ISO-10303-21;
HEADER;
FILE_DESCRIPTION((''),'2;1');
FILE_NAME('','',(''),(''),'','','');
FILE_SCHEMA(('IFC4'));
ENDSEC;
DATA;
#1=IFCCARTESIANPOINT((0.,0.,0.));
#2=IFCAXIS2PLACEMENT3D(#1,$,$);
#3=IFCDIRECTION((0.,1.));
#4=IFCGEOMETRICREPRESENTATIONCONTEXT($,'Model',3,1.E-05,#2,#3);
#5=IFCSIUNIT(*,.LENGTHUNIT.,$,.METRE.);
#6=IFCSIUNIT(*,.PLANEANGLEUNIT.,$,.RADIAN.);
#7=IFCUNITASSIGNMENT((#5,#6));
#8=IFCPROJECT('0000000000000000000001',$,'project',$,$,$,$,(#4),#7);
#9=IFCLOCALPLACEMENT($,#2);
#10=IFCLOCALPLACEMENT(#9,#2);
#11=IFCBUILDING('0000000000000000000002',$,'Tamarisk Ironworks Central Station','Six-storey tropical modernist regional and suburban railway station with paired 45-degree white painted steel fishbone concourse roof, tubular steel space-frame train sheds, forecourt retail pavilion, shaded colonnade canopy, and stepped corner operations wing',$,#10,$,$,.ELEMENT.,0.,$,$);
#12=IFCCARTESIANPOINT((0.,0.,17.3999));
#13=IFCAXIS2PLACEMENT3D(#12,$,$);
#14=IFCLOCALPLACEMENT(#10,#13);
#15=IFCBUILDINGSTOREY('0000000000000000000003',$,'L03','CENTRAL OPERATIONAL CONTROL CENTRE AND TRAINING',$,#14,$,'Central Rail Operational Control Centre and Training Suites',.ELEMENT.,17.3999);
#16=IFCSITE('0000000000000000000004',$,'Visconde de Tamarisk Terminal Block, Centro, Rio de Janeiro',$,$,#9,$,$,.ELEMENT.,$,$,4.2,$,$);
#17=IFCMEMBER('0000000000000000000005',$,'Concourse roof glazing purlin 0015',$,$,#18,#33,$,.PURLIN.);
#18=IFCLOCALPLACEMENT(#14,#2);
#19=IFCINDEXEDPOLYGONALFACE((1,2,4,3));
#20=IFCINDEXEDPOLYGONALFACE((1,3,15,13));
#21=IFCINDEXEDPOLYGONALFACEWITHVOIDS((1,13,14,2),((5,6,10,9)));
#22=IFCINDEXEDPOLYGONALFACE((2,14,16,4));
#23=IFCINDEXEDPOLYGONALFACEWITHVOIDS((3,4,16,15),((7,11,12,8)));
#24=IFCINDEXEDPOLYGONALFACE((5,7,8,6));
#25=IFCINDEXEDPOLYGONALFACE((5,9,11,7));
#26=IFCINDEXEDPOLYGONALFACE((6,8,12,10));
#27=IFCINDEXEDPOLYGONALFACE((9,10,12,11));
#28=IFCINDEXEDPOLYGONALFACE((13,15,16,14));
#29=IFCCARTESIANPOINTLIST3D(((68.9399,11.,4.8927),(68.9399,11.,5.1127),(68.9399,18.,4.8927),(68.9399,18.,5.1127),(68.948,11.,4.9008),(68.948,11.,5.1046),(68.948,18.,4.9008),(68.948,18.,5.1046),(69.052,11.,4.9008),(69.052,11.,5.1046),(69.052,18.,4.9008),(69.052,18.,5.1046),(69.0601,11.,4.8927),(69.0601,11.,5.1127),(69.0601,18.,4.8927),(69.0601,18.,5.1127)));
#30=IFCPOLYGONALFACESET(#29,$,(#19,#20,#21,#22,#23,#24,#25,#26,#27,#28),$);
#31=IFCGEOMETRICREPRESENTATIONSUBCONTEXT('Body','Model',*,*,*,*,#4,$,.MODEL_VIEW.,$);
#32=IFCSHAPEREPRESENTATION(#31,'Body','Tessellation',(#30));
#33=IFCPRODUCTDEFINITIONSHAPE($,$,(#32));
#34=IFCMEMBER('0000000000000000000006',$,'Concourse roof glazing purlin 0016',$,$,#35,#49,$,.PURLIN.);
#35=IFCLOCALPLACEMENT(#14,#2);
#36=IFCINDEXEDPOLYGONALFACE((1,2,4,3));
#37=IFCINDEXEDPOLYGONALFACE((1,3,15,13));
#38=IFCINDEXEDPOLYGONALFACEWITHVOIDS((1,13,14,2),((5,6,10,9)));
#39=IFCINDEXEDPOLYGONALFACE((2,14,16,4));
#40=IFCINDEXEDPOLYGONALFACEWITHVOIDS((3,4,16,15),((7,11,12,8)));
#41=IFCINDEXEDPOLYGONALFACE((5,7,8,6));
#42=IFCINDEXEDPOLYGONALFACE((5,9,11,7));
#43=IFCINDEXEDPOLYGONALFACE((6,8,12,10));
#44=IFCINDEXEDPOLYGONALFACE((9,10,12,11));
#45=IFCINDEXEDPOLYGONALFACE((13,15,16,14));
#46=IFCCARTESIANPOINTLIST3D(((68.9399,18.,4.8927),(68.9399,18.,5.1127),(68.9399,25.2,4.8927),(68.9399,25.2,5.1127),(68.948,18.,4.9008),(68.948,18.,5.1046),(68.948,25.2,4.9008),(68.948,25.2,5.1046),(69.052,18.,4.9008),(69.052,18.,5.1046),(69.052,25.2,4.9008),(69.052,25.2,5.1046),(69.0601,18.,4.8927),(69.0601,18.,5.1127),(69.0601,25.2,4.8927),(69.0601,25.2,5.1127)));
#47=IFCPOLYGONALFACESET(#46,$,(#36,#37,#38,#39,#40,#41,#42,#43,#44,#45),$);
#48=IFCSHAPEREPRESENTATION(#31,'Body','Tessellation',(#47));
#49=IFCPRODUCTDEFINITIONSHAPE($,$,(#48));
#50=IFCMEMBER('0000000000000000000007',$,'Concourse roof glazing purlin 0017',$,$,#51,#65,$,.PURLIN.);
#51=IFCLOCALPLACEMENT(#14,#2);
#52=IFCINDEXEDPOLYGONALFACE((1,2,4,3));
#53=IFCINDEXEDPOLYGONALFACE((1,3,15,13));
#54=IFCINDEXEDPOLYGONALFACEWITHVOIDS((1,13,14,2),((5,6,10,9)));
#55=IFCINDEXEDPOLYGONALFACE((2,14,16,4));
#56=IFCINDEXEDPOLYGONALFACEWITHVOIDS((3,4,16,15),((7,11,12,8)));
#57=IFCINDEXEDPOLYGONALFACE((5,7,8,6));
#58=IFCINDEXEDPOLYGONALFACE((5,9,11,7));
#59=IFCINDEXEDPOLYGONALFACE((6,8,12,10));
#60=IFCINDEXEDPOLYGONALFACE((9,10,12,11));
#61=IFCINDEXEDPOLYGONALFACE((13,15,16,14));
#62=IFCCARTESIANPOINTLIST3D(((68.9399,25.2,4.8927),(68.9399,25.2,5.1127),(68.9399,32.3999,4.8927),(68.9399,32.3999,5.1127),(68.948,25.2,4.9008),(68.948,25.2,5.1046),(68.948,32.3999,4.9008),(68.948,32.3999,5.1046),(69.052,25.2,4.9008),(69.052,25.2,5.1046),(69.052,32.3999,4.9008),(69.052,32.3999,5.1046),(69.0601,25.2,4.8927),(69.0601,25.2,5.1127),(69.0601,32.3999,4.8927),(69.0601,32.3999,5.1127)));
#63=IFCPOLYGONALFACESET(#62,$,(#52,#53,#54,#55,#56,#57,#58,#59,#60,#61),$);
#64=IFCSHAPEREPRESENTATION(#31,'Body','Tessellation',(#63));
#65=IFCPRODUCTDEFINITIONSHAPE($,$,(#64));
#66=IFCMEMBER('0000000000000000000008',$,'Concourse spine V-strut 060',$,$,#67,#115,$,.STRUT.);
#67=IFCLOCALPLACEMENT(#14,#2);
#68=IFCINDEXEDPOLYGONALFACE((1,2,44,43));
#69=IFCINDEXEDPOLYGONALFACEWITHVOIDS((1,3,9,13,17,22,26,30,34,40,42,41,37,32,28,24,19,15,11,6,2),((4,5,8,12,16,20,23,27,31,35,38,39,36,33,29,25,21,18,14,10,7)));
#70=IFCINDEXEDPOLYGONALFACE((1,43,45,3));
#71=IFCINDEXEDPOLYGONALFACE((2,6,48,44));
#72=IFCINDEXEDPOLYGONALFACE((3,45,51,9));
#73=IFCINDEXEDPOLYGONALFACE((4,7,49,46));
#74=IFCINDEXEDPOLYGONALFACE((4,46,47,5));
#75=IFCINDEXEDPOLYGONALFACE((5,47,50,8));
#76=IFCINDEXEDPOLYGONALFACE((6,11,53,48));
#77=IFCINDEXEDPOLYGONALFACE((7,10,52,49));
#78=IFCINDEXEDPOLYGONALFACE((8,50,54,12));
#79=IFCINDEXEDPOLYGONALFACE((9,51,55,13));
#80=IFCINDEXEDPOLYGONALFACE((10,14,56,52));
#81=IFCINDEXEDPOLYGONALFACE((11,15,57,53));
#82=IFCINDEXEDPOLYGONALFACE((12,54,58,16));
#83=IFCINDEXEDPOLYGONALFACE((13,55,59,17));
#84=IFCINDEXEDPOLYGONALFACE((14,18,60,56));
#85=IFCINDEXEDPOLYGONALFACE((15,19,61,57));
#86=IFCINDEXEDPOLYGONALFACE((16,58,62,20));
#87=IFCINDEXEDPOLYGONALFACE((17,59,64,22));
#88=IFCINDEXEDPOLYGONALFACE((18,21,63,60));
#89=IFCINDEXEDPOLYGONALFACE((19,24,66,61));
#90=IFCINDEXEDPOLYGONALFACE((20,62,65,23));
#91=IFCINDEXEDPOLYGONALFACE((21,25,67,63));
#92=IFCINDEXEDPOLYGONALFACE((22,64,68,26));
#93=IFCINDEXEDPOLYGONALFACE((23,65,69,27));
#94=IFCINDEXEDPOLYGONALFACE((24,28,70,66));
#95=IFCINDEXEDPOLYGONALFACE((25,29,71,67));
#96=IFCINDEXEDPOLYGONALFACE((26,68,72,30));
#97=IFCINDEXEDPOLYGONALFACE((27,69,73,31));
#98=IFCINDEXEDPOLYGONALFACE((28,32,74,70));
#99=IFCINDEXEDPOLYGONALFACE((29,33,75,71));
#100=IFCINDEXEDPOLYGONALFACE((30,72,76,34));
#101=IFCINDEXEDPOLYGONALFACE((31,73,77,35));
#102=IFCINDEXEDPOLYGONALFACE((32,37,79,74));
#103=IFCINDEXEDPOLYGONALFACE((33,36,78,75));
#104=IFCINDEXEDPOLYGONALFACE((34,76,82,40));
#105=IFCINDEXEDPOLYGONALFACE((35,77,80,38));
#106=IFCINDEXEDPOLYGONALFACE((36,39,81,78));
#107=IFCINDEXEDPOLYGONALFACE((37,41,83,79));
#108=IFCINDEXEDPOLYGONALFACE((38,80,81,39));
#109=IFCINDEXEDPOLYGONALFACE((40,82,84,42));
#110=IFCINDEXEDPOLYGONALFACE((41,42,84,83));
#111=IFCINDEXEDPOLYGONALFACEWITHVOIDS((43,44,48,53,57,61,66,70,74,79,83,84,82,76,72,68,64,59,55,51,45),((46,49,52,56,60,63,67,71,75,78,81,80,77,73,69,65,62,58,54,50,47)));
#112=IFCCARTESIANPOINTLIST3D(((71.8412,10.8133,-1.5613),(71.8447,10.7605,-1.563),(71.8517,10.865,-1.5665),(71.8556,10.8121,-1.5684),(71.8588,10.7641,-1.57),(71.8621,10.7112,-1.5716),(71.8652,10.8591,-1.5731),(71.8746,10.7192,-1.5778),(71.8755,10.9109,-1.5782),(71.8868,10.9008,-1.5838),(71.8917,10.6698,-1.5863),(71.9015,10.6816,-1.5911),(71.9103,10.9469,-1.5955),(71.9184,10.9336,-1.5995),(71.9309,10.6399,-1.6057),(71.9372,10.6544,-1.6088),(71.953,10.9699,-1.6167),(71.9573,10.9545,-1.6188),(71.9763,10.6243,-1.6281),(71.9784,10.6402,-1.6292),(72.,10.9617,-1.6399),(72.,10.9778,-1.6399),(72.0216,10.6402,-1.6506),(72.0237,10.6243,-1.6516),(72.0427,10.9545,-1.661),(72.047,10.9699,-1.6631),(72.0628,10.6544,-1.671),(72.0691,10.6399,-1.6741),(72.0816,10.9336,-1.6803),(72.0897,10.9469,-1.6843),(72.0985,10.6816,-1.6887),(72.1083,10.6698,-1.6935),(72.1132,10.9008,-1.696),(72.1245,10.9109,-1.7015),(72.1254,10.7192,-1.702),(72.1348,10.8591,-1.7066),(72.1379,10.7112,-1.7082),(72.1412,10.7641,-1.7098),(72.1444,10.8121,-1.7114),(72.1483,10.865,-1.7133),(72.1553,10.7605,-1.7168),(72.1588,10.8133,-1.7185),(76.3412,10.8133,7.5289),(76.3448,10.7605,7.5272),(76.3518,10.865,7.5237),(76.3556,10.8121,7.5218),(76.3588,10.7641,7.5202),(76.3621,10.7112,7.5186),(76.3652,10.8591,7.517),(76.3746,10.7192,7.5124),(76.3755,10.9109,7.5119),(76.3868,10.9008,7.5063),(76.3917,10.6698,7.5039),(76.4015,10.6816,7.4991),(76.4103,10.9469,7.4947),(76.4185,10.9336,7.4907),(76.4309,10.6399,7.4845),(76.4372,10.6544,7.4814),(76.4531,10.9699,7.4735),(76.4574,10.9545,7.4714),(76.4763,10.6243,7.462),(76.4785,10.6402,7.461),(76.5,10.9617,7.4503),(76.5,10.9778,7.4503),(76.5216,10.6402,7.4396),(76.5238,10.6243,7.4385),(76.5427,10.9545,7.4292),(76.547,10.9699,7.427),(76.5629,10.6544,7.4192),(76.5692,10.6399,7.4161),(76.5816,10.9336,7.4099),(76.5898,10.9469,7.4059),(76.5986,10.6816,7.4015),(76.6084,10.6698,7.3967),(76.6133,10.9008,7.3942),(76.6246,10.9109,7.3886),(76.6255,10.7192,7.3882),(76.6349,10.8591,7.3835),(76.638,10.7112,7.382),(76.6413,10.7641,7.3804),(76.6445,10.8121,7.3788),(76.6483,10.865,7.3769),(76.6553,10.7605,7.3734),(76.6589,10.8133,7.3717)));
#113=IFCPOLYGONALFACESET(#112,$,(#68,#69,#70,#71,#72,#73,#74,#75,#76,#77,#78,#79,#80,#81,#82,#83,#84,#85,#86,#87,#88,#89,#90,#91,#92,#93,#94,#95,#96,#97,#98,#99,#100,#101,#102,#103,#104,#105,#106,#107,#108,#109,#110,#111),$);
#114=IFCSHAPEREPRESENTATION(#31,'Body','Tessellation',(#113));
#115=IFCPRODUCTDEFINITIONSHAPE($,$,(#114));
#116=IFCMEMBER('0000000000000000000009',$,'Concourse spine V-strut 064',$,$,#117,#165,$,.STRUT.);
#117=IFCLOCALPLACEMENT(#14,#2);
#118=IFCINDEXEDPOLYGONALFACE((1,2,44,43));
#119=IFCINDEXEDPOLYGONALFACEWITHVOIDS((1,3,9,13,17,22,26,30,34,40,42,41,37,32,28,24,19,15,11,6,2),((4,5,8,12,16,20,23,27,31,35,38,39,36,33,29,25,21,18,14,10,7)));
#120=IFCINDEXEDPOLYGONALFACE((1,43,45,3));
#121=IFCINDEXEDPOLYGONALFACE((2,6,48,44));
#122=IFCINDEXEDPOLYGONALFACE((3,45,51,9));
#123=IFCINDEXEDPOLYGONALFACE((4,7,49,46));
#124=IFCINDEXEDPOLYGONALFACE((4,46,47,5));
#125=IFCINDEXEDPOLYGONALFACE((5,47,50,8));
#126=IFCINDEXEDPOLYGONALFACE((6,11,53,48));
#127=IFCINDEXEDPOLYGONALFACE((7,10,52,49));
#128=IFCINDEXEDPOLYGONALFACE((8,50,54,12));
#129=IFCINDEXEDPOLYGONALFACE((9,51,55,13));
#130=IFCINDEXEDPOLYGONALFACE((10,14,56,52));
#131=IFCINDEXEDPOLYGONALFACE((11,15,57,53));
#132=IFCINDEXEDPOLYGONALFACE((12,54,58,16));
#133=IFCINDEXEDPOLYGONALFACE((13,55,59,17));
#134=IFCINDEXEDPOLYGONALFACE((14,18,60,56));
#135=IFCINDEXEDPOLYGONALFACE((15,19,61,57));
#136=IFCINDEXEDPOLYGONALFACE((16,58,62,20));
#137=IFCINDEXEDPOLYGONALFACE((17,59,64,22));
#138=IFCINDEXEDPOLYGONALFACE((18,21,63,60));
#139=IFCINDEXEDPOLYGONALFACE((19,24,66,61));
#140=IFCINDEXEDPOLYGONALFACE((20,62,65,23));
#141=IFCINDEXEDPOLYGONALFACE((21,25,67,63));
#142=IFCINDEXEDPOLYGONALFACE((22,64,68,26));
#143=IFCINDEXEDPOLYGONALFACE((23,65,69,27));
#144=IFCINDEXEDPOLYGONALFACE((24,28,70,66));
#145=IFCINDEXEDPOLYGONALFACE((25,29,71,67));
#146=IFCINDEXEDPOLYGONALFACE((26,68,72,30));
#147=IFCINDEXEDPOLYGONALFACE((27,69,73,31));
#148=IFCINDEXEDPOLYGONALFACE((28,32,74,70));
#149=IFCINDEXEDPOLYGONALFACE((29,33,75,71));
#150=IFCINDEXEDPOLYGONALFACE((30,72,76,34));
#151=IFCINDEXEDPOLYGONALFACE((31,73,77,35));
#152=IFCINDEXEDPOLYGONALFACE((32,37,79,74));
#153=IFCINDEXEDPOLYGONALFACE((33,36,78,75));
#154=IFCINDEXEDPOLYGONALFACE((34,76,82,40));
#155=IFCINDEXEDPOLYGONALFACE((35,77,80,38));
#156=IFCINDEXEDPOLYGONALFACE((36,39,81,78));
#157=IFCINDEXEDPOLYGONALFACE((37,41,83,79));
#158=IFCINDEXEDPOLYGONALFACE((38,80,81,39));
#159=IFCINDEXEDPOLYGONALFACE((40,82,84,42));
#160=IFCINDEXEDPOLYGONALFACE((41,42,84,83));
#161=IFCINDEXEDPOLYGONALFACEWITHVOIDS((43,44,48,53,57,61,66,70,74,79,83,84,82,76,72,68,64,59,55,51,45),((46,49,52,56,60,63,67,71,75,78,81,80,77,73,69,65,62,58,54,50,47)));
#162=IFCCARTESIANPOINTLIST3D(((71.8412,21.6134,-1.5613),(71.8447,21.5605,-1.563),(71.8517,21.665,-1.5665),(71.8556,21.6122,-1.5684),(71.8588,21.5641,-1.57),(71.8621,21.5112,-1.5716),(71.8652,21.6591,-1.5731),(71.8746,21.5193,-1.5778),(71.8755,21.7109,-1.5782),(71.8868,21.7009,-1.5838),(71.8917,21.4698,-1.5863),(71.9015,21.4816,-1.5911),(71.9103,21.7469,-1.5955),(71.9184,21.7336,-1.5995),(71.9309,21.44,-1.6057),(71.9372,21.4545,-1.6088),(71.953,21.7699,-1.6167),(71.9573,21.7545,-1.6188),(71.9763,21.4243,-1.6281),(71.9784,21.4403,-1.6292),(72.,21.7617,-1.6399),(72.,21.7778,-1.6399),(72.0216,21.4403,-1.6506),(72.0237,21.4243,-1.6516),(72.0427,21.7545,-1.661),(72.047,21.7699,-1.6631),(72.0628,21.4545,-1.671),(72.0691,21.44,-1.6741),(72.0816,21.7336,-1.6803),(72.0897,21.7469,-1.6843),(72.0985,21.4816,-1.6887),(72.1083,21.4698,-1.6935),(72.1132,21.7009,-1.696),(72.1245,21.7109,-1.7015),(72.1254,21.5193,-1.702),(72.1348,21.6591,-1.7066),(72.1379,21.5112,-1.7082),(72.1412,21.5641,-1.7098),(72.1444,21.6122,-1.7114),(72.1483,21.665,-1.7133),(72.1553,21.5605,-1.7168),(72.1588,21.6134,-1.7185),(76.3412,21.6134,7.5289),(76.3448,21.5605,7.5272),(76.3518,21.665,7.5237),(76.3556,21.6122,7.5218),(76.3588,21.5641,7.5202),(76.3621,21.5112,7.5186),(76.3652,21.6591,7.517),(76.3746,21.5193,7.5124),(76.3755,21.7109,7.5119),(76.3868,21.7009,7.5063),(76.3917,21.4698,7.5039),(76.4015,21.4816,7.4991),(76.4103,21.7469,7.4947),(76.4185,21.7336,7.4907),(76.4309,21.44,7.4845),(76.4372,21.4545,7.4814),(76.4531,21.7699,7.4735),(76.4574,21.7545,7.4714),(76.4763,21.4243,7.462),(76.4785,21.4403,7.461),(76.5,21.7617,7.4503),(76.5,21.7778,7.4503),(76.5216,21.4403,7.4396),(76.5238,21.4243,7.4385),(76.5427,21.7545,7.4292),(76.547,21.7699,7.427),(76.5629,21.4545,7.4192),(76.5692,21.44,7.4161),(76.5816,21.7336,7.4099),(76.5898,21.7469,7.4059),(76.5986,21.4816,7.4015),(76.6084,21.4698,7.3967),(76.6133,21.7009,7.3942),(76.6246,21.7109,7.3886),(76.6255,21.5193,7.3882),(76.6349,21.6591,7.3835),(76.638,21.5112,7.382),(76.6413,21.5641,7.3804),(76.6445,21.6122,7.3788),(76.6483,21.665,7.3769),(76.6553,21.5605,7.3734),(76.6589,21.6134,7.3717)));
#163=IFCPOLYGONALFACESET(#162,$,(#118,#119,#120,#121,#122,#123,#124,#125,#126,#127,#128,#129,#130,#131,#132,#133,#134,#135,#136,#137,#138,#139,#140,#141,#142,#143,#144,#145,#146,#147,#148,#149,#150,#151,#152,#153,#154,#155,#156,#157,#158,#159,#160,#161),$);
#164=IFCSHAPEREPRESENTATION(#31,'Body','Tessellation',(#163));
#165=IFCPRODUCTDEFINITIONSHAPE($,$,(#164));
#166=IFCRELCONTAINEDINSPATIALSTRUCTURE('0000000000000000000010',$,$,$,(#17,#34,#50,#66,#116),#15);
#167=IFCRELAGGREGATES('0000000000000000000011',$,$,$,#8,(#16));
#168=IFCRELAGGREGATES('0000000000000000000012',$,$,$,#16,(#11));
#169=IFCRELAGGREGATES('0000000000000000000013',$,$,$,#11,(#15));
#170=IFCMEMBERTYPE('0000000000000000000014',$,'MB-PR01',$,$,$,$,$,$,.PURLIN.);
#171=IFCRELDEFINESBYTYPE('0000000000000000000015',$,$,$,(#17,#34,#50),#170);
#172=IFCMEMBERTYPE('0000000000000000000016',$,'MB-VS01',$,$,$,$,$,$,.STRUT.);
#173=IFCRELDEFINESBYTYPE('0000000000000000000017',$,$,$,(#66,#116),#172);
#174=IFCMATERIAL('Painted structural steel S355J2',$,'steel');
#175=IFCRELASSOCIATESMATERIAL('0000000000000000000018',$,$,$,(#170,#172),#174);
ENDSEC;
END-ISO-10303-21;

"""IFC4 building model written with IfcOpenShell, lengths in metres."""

from ifc_helpers import new_model, si_unit, direction, frame, origin, origin_2d, place, context, subcontext, project, spatial, hollow_rectangle, hollow_circle, extrude, material, material_profile, profile_set, type_object, element, save


model = new_model("IFC4")

# Units and contexts
model_context = context("Model", 3, precision=1e-05, world=origin(), true_north=direction((0.0, 1.0)))
body_context = subcontext(model_context, "Body", "Model", "MODEL_VIEW")
ifc_project = project(units=[si_unit("LENGTHUNIT", "METRE"), si_unit("PLANEANGLEUNIT", "RADIAN")], contexts=[model_context])

# Site, building, storey
site_placement = place(None, origin())
site = spatial("IfcSite", under=ifc_project, at=site_placement, Name="Visconde de Tamarisk Terminal Block, Centro, Rio de Janeiro", CompositionType="ELEMENT", RefElevation=4.2)
building_placement = place(site_placement, origin())
building = spatial("IfcBuilding", under=site, at=building_placement, Name="Tamarisk Ironworks Central Station", Description="Six-storey tropical modernist regional and suburban railway station with paired 45-degree white painted steel fishbone concourse roof, tubular steel space-frame train sheds, forecourt retail pavilion, shaded colonnade canopy, and stepped corner operations wing", CompositionType="ELEMENT", ElevationOfRefHeight=0.0)
storey_placement = place(building_placement, frame((0.0, 0.0, 17.3999)))
storey = spatial("IfcBuildingStorey", under=building, at=storey_placement, Name="L03", Description="CENTRAL OPERATIONAL CONTROL CENTRE AND TRAINING", LongName="Central Rail Operational Control Centre and Training Suites", CompositionType="ELEMENT", Elevation=17.3999)

# Shared definitions
ifc_material_1 = material(Name="Painted structural steel S355J2", Category="steel")

# Members
ifc_material_profile_1 = material_profile(ifc_material_1, hollow_rectangle(XDim=0.1201, YDim=0.22, WallThickness=0.0081, at=origin_2d()), Name="RHS 220x120x8")
ifc_profile_set_1 = profile_set([ifc_material_profile_1], Name="Painted structural steel S355J2")
member_type_1 = type_object("IfcMemberType", Name="MB-PR01", PredefinedType="PURLIN", material=ifc_profile_set_1)
member_1_placement = place(storey_placement, frame((69.0, 11.0, 5.0027), z_axis=(0.0, 1.0, 0.0), x_axis=(-1.0, 0.0, 0.0)))
element("IfcMember", 1, at=member_1_placement, inside=storey, type_object=member_type_1, Name="Concourse roof glazing purlin 0015", PredefinedType="PURLIN", context=body_context, shape_type="SweptSolid", body=[
    extrude(hollow_rectangle(XDim=0.1201, YDim=0.22, WallThickness=0.0081, at=origin_2d()), origin(), (0.0, 0.0, 1.0), 7.0),
])
for number, where, z_axis, x_axis, name in (
    (2, (69.0, 18.0, 5.0027), (0.0, 1.0, 0.0), (-1.0, 0.0, 0.0), "Concourse roof glazing purlin 0016"),
    (3, (69.0, 25.2, 5.0027), (0.0, 1.0, 0.0), (-1.0, 0.0, 0.0), "Concourse roof glazing purlin 0017"),
):
    element("IfcMember", number, at=place(storey_placement, frame(where, z_axis=z_axis, x_axis=x_axis)), inside=storey, type_object=member_type_1, Name=name, PredefinedType="PURLIN", context=body_context, shape_type="SweptSolid", body=[
        extrude(hollow_rectangle(XDim=0.1201, YDim=0.22, WallThickness=0.0081, at=origin_2d()), origin(), (0.0, 0.0, 1.0), 7.2),
    ])
ifc_material_profile_2 = material_profile(ifc_material_1, hollow_circle(Radius=0.1777, WallThickness=0.0161, at=origin_2d()), Name="CHS 355.6x16")
ifc_profile_set_2 = profile_set([ifc_material_profile_2], Name="Painted structural steel S355J2")
member_type_2 = type_object("IfcMemberType", Name="MB-VS01", PredefinedType="STRUT", material=ifc_profile_set_2)
for number, where, z_axis, x_axis, name in (
    (4, (72.0, 10.8, -1.6399), (0.443657, 0.0, 0.896196), (0.0, 1.0, 0.0), "Concourse spine V-strut 060"),
    (5, (72.0, 21.6001, -1.6399), (0.443657, 0.0, 0.896196), (0.0, 1.0, 0.0), "Concourse spine V-strut 064"),
):
    element("IfcMember", number, at=place(storey_placement, frame(where, z_axis=z_axis, x_axis=x_axis)), inside=storey, type_object=member_type_2, Name=name, PredefinedType="STRUT", context=body_context, shape_type="SweptSolid", body=[
        extrude(hollow_circle(Radius=0.1777, WallThickness=0.0161, at=origin_2d()), origin(), (0.0, 0.0, 1.0), 10.1431),
    ])

save(model, "model.ifc")
